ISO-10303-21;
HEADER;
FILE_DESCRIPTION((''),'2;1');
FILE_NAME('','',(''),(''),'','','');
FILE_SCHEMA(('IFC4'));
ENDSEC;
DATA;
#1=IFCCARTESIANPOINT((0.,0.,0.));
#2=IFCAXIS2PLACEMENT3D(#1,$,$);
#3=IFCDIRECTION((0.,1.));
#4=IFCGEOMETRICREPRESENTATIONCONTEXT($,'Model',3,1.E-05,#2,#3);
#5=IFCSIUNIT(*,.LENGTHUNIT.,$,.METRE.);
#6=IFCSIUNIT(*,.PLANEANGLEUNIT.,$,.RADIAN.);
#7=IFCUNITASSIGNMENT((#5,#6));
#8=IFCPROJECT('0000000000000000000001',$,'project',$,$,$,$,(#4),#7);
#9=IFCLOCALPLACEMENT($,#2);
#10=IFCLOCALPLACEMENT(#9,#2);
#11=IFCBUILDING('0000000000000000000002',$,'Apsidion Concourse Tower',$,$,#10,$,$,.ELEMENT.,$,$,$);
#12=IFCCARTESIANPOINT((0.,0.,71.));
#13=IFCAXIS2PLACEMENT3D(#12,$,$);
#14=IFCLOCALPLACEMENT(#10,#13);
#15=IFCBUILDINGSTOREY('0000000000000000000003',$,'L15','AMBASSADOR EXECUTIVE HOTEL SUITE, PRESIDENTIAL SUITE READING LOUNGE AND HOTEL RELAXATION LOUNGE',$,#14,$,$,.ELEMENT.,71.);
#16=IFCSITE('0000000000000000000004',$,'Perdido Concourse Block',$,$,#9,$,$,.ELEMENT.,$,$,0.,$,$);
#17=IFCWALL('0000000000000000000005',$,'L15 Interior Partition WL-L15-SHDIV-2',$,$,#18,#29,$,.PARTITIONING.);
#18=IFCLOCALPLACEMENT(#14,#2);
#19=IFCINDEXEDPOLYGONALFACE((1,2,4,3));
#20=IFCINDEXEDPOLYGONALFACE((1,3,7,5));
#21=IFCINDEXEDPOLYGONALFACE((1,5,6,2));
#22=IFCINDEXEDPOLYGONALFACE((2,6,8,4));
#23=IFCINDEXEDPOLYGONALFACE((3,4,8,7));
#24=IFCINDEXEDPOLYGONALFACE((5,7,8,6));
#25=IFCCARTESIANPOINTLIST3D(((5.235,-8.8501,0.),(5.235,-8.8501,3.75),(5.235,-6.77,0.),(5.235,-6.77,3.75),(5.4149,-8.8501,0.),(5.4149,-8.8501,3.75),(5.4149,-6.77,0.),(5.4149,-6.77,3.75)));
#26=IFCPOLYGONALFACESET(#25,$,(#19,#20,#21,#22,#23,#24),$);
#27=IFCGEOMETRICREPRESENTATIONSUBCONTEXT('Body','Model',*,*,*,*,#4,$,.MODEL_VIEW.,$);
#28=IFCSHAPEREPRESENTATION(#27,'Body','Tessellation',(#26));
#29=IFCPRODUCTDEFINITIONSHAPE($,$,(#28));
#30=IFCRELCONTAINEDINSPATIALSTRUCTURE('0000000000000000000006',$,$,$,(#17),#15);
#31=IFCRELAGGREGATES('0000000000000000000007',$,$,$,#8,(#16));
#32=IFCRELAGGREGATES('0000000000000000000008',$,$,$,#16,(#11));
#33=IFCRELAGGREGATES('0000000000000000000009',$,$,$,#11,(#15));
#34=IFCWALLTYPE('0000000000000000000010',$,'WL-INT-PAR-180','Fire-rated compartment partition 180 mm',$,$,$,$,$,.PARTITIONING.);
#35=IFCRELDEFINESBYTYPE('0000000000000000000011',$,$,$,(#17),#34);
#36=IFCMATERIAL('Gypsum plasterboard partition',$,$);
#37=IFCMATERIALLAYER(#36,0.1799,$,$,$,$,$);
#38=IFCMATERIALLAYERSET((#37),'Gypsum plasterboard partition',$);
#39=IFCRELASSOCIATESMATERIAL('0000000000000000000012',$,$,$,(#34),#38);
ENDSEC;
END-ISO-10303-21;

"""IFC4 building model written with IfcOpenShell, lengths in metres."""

from ifc_helpers import new_model, si_unit, direction, frame, frame_2d, origin, place, context, subcontext, project, spatial, rectangle, extrude, material, layer, layer_set, type_object, element, save


model = new_model("IFC4")

# Units and contexts
model_context = context("Model", 3, precision=1e-05, world=origin(), true_north=direction((0.0, 1.0)))
body_context = subcontext(model_context, "Body", "Model", "MODEL_VIEW")
ifc_project = project(units=[si_unit("LENGTHUNIT", "METRE"), si_unit("PLANEANGLEUNIT", "RADIAN")], contexts=[model_context])

# Site, building, storey
site_placement = place(None, origin())
site = spatial("IfcSite", under=ifc_project, at=site_placement, Name="Perdido Concourse Block", CompositionType="ELEMENT", RefElevation=0.0)
building_placement = place(site_placement, origin())
building = spatial("IfcBuilding", under=site, at=building_placement, Name="Apsidion Concourse Tower", CompositionType="ELEMENT")
storey_placement = place(building_placement, frame((0.0, 0.0, 71.0)))
storey = spatial("IfcBuildingStorey", under=building, at=storey_placement, Name="L15", Description="AMBASSADOR EXECUTIVE HOTEL SUITE, PRESIDENTIAL SUITE READING LOUNGE AND HOTEL RELAXATION LOUNGE", CompositionType="ELEMENT", Elevation=71.0)

# Shared definitions
ifc_material_1 = material(Name="Gypsum plasterboard partition")

# Wall
ifc_layer_1 = layer(ifc_material_1, 0.1799)
ifc_layer_set_1 = layer_set([ifc_layer_1], Name="Gypsum plasterboard partition")
wall_type_1 = type_object("IfcWallType", Name="WL-INT-PAR-180", Description="Fire-rated compartment partition 180 mm", PredefinedType="PARTITIONING", material=ifc_layer_set_1)
wall_1_placement = place(storey_placement, frame((5.325, -8.8501, 0.0), z_axis=(0.0, 0.0, 1.0), x_axis=(0.0, 1.0, 0.0)))
element("IfcWall", 1, at=wall_1_placement, inside=storey, type_object=wall_type_1, Name="L15 Interior Partition WL-L15-SHDIV-2", PredefinedType="PARTITIONING", context=body_context, shape_type="SweptSolid", body=[
    extrude(rectangle(XDim=2.0801, YDim=0.1799, at=frame_2d((1.04, 0.0))), origin(), (0.0, 0.0, 1.0), 3.75),
])

save(model, "model.ifc")
